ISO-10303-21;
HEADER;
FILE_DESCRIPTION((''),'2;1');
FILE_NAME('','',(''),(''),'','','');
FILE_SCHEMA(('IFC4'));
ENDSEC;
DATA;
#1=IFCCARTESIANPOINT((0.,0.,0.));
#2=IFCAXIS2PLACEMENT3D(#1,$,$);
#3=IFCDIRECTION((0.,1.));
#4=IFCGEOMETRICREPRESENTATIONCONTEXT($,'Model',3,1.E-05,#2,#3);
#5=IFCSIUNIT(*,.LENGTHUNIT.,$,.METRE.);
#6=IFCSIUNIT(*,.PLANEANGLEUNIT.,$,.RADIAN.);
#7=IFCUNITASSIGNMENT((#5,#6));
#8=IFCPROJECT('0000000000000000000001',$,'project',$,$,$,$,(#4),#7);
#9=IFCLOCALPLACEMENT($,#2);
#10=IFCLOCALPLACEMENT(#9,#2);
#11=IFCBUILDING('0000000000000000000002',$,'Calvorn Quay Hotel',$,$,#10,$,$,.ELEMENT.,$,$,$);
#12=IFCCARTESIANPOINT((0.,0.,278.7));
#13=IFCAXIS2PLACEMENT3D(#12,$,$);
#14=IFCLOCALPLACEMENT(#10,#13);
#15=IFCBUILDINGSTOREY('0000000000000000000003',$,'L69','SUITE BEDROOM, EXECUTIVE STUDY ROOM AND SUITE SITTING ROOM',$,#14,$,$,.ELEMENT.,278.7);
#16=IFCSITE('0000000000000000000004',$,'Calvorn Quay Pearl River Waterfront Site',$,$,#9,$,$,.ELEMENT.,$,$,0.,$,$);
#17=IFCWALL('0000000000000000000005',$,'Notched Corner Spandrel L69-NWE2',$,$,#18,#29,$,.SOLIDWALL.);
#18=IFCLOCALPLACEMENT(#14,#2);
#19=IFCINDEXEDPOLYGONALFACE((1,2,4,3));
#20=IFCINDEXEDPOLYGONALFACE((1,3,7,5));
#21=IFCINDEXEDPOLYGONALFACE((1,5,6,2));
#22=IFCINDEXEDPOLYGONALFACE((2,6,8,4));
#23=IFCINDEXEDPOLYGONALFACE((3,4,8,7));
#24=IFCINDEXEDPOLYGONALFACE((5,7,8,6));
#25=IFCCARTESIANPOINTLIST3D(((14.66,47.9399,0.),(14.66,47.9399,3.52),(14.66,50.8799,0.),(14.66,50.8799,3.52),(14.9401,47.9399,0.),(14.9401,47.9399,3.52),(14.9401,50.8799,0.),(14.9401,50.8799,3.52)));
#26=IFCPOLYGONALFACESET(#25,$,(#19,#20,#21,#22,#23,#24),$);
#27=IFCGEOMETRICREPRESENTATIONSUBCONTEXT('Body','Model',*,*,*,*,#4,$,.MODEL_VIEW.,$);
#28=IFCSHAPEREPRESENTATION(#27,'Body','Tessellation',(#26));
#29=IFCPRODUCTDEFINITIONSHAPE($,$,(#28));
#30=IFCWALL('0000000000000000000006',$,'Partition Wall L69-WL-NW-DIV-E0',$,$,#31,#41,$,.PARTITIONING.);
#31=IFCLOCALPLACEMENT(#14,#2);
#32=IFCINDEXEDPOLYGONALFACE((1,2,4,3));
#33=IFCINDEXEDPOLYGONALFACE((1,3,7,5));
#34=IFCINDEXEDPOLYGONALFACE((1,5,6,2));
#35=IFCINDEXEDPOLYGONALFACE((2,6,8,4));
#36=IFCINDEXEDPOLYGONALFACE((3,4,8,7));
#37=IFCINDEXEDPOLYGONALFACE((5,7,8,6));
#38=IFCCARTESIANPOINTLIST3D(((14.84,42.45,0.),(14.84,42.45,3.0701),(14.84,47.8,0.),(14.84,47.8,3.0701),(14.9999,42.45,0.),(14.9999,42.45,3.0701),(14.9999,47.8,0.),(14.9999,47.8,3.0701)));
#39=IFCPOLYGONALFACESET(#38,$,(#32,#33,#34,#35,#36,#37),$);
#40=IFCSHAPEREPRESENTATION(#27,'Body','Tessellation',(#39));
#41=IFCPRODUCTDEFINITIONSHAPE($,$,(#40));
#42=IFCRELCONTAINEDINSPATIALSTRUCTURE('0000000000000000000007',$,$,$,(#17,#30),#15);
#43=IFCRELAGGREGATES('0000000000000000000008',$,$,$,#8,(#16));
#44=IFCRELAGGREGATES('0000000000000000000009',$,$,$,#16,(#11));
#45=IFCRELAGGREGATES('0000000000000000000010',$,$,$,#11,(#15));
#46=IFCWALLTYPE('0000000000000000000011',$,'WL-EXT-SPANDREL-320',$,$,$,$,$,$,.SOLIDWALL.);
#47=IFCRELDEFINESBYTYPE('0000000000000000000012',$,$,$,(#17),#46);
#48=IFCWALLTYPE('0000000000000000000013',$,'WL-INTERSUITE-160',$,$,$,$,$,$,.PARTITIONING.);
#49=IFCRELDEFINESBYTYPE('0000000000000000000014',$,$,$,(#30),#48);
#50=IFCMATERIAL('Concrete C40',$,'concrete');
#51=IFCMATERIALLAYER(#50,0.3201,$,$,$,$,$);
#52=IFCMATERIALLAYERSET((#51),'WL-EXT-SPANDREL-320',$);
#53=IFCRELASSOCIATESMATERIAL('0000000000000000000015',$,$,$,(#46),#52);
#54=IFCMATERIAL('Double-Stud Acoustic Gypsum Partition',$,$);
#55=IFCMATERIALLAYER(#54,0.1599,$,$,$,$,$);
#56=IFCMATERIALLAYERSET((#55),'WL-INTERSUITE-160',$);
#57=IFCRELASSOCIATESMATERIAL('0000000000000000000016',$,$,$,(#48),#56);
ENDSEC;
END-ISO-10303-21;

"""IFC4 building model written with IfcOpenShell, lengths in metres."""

from ifc_helpers import new_model, si_unit, direction, frame, frame_2d, origin, place, context, subcontext, project, spatial, rectangle, extrude, material, layer, layer_set, type_object, element, save


model = new_model("IFC4")

# Units and contexts
model_context = context("Model", 3, precision=1e-05, world=origin(), true_north=direction((0.0, 1.0)))
body_context = subcontext(model_context, "Body", "Model", "MODEL_VIEW")
ifc_project = project(units=[si_unit("LENGTHUNIT", "METRE"), si_unit("PLANEANGLEUNIT", "RADIAN")], contexts=[model_context])

# Site, building, storey
site_placement = place(None, origin())
site = spatial("IfcSite", under=ifc_project, at=site_placement, Name="Calvorn Quay Pearl River Waterfront Site", CompositionType="ELEMENT", RefElevation=0.0)
building_placement = place(site_placement, origin())
building = spatial("IfcBuilding", under=site, at=building_placement, Name="Calvorn Quay Hotel", CompositionType="ELEMENT")
storey_placement = place(building_placement, frame((0.0, 0.0, 278.7)))
storey = spatial("IfcBuildingStorey", under=building, at=storey_placement, Name="L69", Description="SUITE BEDROOM, EXECUTIVE STUDY ROOM AND SUITE SITTING ROOM", CompositionType="ELEMENT", Elevation=278.7)

# Walls
ifc_material_1 = material(Name="Concrete C40", Category="concrete")
ifc_layer_1 = layer(ifc_material_1, 0.3201)
ifc_layer_set_1 = layer_set([ifc_layer_1], Name="WL-EXT-SPANDREL-320")
wall_type_1 = type_object("IfcWallType", Name="WL-EXT-SPANDREL-320", PredefinedType="SOLIDWALL", material=ifc_layer_set_1)
wall_1_placement = place(storey_placement, frame((14.8, 47.9399, 0.0), z_axis=(0.0, 0.0, 1.0), x_axis=(0.0, 1.0, 0.0)))
element("IfcWall", 1, at=wall_1_placement, inside=storey, type_object=wall_type_1, Name="Notched Corner Spandrel L69-NWE2", PredefinedType="SOLIDWALL", context=body_context, shape_type="SweptSolid", body=[
    extrude(rectangle(XDim=2.9399, YDim=0.28, at=frame_2d((1.47, 0.0))), origin(), (0.0, 0.0, 1.0), 3.52),
])
ifc_material_2 = material(Name="Double-Stud Acoustic Gypsum Partition")
ifc_layer_2 = layer(ifc_material_2, 0.1599)
ifc_layer_set_2 = layer_set([ifc_layer_2], Name="WL-INTERSUITE-160")
wall_type_2 = type_object("IfcWallType", Name="WL-INTERSUITE-160", PredefinedType="PARTITIONING", material=ifc_layer_set_2)
wall_2_placement = place(storey_placement, frame((14.9199, 42.45, 0.0), z_axis=(0.0, 0.0, 1.0), x_axis=(0.0, 1.0, 0.0)))
element("IfcWall", 2, at=wall_2_placement, inside=storey, type_object=wall_type_2, Name="Partition Wall L69-WL-NW-DIV-E0", PredefinedType="PARTITIONING", context=body_context, shape_type="SweptSolid", body=[
    extrude(rectangle(XDim=5.3501, YDim=0.1599, at=frame_2d((2.675, 0.0))), origin(), (0.0, 0.0, 1.0), 3.0701),
])

save(model, "model.ifc")
